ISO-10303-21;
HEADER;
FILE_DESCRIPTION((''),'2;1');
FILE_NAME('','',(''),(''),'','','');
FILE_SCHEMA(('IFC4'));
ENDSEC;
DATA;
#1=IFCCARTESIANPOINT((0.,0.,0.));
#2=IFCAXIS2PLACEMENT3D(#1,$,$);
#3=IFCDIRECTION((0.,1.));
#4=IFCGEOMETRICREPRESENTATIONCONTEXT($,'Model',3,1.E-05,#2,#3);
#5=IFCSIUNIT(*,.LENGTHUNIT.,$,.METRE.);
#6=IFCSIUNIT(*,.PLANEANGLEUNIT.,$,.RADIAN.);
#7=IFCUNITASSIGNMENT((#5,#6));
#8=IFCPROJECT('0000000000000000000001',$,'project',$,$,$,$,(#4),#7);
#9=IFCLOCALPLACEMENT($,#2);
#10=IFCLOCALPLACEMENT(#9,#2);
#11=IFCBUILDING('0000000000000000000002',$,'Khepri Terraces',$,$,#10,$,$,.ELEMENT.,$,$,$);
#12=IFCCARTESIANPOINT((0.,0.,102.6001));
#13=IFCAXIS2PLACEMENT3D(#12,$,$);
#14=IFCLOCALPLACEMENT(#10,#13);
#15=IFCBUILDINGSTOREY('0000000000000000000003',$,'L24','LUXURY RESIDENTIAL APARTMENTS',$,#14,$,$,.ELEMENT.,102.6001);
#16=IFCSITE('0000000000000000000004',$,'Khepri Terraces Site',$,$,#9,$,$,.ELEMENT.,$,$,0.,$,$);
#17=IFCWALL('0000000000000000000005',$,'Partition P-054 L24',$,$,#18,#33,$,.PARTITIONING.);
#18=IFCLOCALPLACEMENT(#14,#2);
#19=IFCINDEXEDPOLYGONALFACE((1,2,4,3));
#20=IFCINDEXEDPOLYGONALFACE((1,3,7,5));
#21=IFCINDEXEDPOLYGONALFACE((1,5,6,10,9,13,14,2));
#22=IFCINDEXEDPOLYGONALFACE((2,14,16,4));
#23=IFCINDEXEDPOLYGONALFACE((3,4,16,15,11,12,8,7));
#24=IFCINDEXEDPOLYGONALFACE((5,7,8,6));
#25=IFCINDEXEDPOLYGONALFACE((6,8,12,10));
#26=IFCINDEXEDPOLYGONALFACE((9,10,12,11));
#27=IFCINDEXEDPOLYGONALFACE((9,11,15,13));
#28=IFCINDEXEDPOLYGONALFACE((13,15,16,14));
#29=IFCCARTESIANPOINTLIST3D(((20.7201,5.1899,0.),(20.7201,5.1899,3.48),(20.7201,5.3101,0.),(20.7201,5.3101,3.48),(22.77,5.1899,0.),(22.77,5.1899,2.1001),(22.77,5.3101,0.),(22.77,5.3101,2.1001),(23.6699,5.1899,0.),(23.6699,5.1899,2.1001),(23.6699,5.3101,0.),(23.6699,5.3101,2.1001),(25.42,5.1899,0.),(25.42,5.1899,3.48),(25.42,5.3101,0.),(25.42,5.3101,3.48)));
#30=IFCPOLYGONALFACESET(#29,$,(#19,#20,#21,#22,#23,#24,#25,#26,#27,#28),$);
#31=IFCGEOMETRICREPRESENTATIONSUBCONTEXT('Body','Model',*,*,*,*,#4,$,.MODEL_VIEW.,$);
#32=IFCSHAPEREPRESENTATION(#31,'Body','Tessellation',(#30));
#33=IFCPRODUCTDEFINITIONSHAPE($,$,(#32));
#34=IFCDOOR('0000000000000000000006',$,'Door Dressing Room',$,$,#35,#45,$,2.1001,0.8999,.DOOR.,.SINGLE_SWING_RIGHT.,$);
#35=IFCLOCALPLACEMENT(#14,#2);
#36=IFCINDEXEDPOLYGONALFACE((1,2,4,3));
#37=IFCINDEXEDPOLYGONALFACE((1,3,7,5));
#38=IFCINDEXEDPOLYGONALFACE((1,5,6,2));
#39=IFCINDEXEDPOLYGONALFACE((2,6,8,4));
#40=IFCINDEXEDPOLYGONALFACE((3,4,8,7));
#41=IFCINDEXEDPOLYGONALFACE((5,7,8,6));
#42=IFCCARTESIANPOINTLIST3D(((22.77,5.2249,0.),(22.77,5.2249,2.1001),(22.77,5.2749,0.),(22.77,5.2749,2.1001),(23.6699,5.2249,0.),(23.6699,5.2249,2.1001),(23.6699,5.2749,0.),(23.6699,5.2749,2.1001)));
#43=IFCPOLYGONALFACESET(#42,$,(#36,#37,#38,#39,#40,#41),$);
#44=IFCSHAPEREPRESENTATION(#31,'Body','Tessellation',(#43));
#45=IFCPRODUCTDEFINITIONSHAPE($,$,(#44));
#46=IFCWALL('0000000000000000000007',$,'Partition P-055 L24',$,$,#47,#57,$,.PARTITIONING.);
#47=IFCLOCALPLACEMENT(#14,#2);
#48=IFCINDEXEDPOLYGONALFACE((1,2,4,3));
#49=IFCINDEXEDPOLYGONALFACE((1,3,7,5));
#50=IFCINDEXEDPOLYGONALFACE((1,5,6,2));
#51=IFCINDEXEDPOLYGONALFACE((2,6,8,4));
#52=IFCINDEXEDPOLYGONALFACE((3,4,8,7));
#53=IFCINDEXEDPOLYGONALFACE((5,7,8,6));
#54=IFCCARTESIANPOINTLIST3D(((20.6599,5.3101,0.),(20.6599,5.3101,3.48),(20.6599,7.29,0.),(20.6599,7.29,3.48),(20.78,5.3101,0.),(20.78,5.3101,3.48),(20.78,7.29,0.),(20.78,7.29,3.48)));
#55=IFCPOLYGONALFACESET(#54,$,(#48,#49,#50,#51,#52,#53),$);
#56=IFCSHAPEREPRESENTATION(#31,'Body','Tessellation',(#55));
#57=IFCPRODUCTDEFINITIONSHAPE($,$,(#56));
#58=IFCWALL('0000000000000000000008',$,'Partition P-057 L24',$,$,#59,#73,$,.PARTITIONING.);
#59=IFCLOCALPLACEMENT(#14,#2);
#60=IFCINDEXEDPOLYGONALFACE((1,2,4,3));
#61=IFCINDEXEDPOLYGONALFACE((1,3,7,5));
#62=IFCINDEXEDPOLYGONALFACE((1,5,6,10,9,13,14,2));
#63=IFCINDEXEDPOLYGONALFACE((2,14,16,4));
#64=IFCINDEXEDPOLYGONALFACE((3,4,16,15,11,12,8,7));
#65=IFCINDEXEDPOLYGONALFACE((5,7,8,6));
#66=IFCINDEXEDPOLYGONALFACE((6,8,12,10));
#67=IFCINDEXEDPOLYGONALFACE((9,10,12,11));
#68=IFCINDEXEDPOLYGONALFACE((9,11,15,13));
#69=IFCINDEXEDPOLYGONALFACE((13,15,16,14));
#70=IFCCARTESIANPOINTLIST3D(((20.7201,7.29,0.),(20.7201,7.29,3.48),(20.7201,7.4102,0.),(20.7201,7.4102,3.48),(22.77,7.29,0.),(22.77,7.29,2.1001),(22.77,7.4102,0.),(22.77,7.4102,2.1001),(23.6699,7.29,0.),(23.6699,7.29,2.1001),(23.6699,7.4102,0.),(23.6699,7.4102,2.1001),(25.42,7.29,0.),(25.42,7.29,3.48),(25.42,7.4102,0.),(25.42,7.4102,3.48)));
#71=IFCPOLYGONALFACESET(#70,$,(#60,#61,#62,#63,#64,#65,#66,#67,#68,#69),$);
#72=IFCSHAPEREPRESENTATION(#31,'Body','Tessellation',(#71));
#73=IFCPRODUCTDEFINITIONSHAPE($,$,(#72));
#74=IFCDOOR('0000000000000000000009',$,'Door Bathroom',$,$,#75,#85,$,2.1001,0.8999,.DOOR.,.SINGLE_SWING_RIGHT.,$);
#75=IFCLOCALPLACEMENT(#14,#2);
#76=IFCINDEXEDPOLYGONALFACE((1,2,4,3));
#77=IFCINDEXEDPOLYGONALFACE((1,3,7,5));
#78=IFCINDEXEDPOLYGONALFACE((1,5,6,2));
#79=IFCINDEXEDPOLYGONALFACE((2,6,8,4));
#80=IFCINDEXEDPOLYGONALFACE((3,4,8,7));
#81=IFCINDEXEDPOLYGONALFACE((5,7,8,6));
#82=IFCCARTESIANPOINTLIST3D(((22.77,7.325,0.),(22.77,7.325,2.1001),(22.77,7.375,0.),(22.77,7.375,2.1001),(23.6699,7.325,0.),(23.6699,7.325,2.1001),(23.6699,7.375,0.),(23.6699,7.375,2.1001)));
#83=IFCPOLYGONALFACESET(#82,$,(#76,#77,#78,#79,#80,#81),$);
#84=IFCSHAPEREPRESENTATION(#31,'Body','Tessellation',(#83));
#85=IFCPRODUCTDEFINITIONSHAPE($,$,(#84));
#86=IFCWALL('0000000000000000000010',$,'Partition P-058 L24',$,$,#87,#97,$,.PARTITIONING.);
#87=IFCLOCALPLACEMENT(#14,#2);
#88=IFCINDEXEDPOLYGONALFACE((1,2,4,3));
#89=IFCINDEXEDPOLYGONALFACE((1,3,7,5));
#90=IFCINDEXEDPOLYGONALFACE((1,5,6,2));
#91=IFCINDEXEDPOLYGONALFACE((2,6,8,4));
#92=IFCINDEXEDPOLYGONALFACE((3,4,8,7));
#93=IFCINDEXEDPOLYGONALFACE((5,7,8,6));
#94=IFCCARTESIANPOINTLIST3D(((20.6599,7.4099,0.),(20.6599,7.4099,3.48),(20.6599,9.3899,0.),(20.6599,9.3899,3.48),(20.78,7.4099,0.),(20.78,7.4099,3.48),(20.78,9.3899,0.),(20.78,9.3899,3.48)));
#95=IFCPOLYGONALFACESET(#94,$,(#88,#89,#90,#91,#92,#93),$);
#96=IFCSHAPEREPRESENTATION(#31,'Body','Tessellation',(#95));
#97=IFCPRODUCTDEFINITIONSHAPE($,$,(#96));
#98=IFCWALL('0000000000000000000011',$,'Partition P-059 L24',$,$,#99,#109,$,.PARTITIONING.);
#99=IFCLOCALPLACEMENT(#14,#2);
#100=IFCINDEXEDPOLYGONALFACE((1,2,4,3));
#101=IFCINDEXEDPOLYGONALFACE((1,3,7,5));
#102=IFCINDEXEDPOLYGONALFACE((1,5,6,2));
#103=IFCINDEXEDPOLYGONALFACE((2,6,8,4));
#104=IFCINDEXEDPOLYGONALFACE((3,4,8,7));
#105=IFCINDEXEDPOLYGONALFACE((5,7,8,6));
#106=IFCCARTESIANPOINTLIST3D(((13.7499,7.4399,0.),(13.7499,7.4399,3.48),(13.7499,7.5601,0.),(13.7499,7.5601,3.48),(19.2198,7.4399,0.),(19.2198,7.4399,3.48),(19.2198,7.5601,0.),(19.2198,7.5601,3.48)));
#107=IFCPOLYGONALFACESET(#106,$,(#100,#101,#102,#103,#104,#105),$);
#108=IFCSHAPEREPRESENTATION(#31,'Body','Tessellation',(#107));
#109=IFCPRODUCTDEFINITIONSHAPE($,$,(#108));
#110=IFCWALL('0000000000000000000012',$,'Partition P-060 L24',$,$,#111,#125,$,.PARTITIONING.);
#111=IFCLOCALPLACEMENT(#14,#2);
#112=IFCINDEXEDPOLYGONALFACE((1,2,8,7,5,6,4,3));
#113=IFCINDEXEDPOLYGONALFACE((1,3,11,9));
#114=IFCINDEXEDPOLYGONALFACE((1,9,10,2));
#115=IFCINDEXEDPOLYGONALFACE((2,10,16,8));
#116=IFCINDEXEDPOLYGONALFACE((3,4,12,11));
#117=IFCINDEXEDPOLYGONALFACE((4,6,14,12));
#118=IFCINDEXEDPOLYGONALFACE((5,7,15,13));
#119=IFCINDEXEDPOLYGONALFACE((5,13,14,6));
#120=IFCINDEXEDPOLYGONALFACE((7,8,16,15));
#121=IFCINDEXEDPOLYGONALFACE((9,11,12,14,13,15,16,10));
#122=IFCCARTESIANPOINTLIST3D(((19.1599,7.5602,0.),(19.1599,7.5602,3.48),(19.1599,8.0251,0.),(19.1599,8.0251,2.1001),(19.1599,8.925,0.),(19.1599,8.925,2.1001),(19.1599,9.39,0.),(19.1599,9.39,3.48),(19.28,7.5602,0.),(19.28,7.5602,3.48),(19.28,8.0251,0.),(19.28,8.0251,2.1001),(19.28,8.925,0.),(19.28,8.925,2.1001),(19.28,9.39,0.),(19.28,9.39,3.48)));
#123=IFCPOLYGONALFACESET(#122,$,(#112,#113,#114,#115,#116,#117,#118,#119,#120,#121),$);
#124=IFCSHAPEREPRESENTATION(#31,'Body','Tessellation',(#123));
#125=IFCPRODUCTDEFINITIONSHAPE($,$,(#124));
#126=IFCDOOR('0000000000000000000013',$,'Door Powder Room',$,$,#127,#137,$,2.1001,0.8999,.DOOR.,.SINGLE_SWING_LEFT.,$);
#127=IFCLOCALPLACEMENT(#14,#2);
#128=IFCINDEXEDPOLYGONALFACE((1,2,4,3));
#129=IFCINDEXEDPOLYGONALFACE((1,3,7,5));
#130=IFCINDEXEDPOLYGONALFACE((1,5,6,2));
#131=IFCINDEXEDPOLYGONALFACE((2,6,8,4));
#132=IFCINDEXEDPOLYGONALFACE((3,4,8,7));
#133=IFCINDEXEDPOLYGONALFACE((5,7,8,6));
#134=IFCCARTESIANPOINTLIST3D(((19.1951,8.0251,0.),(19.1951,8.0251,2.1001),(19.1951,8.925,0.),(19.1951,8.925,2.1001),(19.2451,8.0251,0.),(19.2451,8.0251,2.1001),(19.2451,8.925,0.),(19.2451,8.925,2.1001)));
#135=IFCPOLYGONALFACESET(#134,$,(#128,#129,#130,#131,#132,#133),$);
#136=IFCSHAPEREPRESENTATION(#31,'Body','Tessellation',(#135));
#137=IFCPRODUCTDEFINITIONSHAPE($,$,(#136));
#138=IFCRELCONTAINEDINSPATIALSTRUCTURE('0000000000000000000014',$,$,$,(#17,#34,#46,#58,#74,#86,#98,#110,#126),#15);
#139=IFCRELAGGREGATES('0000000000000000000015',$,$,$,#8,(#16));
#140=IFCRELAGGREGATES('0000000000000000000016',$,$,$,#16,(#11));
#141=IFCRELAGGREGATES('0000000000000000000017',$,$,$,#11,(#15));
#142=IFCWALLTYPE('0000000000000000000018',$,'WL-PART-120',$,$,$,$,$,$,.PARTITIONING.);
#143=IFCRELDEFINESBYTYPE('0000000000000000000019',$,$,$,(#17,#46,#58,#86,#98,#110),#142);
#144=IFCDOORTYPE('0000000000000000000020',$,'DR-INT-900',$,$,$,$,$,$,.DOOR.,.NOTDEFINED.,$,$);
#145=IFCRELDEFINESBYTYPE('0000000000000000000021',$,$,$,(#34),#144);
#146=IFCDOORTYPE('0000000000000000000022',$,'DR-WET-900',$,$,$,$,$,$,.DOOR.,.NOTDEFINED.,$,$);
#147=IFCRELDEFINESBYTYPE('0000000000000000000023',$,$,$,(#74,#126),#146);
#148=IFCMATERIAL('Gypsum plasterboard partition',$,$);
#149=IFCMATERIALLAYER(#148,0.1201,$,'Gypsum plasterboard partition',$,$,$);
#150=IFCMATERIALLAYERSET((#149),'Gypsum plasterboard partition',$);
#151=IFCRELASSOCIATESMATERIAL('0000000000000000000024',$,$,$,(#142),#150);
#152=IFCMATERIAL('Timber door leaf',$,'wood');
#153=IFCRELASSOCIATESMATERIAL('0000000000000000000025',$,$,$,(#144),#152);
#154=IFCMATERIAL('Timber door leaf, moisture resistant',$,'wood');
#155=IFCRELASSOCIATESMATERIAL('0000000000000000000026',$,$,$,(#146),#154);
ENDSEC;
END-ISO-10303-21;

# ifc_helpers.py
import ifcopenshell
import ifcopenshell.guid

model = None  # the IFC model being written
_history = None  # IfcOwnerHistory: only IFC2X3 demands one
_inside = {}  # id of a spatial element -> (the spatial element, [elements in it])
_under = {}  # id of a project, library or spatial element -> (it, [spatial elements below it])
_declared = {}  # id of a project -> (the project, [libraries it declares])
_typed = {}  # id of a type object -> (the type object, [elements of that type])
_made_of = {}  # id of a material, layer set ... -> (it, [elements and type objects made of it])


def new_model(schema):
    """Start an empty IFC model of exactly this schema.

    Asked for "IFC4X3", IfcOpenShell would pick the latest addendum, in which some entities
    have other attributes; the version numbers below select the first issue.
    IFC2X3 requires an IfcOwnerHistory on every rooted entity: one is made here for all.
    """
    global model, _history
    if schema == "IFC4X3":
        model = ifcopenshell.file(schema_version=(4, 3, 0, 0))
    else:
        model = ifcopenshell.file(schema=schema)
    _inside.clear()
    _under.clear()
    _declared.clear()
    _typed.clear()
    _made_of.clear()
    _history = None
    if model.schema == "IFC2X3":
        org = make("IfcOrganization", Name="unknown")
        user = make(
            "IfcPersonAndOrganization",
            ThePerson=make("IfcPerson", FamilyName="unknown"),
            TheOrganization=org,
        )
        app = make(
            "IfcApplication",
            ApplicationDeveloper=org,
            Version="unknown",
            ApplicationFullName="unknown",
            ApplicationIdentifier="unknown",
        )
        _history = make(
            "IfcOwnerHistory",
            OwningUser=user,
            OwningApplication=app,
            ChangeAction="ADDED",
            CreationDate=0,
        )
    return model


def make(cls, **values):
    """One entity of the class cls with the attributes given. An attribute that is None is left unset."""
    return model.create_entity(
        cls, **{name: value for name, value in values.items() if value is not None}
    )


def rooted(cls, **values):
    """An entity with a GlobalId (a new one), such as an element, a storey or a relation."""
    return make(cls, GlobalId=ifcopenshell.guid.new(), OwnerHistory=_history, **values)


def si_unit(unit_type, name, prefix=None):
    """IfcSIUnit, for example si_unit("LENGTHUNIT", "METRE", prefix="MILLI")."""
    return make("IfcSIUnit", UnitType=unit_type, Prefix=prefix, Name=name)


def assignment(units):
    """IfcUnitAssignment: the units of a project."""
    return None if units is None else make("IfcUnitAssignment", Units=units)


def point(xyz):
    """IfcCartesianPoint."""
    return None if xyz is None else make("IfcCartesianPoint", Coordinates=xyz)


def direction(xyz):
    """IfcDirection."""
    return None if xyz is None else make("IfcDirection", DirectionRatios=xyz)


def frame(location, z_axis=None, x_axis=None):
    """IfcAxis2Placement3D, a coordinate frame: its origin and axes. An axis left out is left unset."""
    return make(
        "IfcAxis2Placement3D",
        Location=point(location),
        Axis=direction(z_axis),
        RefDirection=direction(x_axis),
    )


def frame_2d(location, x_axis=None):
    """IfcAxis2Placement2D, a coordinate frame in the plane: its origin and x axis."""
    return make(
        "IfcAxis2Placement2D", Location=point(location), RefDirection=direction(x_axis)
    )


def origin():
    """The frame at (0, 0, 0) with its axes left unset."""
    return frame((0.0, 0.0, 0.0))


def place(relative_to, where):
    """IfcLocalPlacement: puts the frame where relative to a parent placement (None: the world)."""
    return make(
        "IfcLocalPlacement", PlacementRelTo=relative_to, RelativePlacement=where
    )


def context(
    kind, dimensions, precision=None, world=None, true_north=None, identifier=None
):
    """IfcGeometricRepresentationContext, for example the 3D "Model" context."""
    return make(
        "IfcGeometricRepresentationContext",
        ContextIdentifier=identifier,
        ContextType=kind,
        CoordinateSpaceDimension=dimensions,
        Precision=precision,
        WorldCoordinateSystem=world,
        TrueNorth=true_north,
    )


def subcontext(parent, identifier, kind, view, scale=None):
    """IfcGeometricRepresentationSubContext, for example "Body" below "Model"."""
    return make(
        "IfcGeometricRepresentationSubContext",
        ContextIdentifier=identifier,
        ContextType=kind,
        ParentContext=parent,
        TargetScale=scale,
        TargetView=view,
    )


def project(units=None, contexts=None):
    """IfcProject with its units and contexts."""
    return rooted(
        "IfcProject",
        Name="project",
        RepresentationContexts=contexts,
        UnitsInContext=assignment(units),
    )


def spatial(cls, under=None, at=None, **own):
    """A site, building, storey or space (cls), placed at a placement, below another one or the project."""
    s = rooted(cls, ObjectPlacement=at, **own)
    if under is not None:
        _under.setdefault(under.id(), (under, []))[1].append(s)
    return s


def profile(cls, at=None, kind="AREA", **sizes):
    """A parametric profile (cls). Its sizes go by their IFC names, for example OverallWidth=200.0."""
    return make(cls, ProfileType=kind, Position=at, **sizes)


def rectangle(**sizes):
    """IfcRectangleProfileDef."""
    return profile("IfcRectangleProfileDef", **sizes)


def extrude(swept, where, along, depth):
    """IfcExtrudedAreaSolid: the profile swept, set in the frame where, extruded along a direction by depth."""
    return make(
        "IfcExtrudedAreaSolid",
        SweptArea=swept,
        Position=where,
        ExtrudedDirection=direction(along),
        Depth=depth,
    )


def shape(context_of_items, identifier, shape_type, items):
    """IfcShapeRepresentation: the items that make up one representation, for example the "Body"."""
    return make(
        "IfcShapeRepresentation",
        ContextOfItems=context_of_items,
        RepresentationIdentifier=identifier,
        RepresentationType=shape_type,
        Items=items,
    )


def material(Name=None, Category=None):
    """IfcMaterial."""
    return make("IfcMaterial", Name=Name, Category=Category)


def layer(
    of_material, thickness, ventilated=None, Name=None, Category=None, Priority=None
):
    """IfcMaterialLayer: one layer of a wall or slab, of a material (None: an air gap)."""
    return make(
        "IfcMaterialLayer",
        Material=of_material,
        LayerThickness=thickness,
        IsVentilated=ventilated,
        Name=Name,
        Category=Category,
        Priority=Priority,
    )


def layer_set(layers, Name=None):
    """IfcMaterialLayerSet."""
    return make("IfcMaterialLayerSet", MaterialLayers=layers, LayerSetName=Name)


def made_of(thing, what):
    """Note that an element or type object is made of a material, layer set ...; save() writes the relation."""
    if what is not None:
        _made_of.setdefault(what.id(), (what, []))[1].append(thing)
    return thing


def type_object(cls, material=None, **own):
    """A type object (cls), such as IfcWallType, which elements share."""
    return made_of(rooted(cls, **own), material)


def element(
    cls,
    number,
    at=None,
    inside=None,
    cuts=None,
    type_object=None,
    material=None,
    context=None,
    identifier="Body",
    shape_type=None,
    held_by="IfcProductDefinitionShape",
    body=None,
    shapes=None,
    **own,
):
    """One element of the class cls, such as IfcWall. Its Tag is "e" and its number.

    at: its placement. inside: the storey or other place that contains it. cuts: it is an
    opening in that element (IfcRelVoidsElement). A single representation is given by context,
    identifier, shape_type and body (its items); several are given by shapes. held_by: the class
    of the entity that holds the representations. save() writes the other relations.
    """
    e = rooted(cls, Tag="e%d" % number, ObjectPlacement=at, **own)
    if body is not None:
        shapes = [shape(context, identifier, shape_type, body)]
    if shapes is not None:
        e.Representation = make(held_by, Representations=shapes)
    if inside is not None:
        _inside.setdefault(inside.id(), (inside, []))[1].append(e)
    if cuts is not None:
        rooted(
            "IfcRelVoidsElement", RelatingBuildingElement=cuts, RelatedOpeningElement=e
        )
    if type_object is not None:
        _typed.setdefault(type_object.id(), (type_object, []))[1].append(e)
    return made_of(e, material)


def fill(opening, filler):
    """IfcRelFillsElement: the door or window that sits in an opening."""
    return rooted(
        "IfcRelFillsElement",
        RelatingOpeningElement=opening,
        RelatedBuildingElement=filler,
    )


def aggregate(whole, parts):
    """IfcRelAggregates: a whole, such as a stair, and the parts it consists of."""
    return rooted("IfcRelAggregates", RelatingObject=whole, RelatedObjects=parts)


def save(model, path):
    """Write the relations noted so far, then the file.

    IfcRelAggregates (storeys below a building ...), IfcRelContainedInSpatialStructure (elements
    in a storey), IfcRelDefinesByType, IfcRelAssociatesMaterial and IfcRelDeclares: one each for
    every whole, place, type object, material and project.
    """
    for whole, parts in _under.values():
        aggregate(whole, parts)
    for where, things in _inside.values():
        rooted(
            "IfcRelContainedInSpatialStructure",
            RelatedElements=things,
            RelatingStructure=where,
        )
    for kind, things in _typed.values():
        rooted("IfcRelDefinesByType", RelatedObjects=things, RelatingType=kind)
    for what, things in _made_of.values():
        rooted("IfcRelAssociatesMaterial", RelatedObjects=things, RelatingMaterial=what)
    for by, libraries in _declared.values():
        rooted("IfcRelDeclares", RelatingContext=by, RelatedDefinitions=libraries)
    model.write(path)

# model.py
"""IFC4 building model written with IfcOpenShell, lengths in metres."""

from ifc_helpers import new_model, si_unit, direction, frame, frame_2d, origin, place, context, subcontext, project, spatial, rectangle, extrude, material, layer, layer_set, type_object, element, fill, save


model = new_model("IFC4")

# Units and contexts
model_context = context("Model", 3, precision=1e-05, world=origin(), true_north=direction((0.0, 1.0)))
body_context = subcontext(model_context, "Body", "Model", "MODEL_VIEW")
ifc_project = project(units=[si_unit("LENGTHUNIT", "METRE"), si_unit("PLANEANGLEUNIT", "RADIAN")], contexts=[model_context])

# Site, building, storey
site_placement = place(None, origin())
site = spatial("IfcSite", under=ifc_project, at=site_placement, Name="Khepri Terraces Site", CompositionType="ELEMENT", RefElevation=0.0)
building_placement = place(site_placement, origin())
building = spatial("IfcBuilding", under=site, at=building_placement, Name="Khepri Terraces", CompositionType="ELEMENT")
storey_placement = place(building_placement, frame((0.0, 0.0, 102.6001)))
storey = spatial("IfcBuildingStorey", under=building, at=storey_placement, Name="L24", Description="LUXURY RESIDENTIAL APARTMENTS", CompositionType="ELEMENT", Elevation=102.6001)

# Shared definitions
ifc_material_1 = material(Name="Gypsum plasterboard partition")
ifc_layer_1 = layer(ifc_material_1, 0.1201, Name="Gypsum plasterboard partition")
ifc_layer_set_1 = layer_set([ifc_layer_1], Name="Gypsum plasterboard partition")
wall_type_1 = type_object("IfcWallType", Name="WL-PART-120", PredefinedType="PARTITIONING", material=ifc_layer_set_1)

# Shared definitions
ifc_material_2 = material(Name="Timber door leaf", Category="wood")
door_type_1 = type_object("IfcDoorType", Name="DR-INT-900", OperationType="NOTDEFINED", PredefinedType="DOOR", material=ifc_material_2)

# Wall, opening, door
wall_1_placement = place(storey_placement, frame((20.72, 5.25, 0.0), z_axis=(0.0, 0.0, 1.0), x_axis=(1.0, 0.0, 0.0)))
wall_1 = element("IfcWall", 1, at=wall_1_placement, inside=storey, type_object=wall_type_1, Name="Partition P-054 L24", PredefinedType="PARTITIONING", context=body_context, shape_type="SweptSolid", body=[
    extrude(rectangle(XDim=4.7, YDim=0.1201, at=frame_2d((2.3501, 0.0))), origin(), (0.0, 0.0, 1.0), 3.48),
])
opening_1_placement = place(wall_1_placement, frame((2.05, 0.0, 0.0)))
opening_1 = element("IfcOpeningElement", 2, at=opening_1_placement, cuts=wall_1, PredefinedType="OPENING", context=body_context, shape_type="SweptSolid", body=[
    extrude(rectangle(XDim=0.8999, YDim=2.1001, at=frame_2d((0.45, 1.05))), frame((0.0, 0.0701, 0.0), z_axis=(0.0, -1.0, 0.0), x_axis=(1.0, 0.0, 0.0)), (0.0, 0.0, 1.0), 0.1401),
])
door_1_placement = place(opening_1_placement, origin())
door_1 = element("IfcDoor", 3, at=door_1_placement, inside=storey, type_object=door_type_1, Name="Door Dressing Room", OperationType="SINGLE_SWING_RIGHT", OverallHeight=2.1001, OverallWidth=0.8999, PredefinedType="DOOR", context=body_context, shape_type="SweptSolid", body=[
    extrude(rectangle(XDim=0.8999, YDim=2.1001, at=frame_2d((0.45, 1.05))), frame((0.0, 0.0249, 0.0), z_axis=(0.0, -1.0, 0.0), x_axis=(1.0, 0.0, 0.0)), (0.0, 0.0, 1.0), 0.05),
])
fill(opening_1, door_1)

# Wall
wall_2_placement = place(storey_placement, frame((20.72, 5.3101, 0.0), z_axis=(0.0, 0.0, 1.0), x_axis=(0.0, 1.0, 0.0)))
element("IfcWall", 4, at=wall_2_placement, inside=storey, type_object=wall_type_1, Name="Partition P-055 L24", PredefinedType="PARTITIONING", context=body_context, shape_type="SweptSolid", body=[
    extrude(rectangle(XDim=1.98, YDim=0.1201, at=frame_2d((0.99, 0.0))), origin(), (0.0, 0.0, 1.0), 3.48),
])

# Wall, opening, door
wall_3_placement = place(storey_placement, frame((20.72, 7.3501, 0.0), z_axis=(0.0, 0.0, 1.0), x_axis=(1.0, 0.0, 0.0)))
wall_3 = element("IfcWall", 5, at=wall_3_placement, inside=storey, type_object=wall_type_1, Name="Partition P-057 L24", PredefinedType="PARTITIONING", context=body_context, shape_type="SweptSolid", body=[
    extrude(rectangle(XDim=4.7, YDim=0.1201, at=frame_2d((2.3501, 0.0))), origin(), (0.0, 0.0, 1.0), 3.48),
])
opening_2_placement = place(wall_3_placement, frame((2.05, 0.0, 0.0)))
opening_2 = element("IfcOpeningElement", 6, at=opening_2_placement, cuts=wall_3, PredefinedType="OPENING", context=body_context, shape_type="SweptSolid", body=[
    extrude(rectangle(XDim=0.8999, YDim=2.1001, at=frame_2d((0.45, 1.05))), frame((0.0, 0.0701, 0.0), z_axis=(0.0, -1.0, 0.0), x_axis=(1.0, 0.0, 0.0)), (0.0, 0.0, 1.0), 0.1401),
])
ifc_material_3 = material(Name="Timber door leaf, moisture resistant", Category="wood")
door_type_2 = type_object("IfcDoorType", Name="DR-WET-900", OperationType="NOTDEFINED", PredefinedType="DOOR", material=ifc_material_3)
door_2_placement = place(opening_2_placement, origin())
door_2 = element("IfcDoor", 7, at=door_2_placement, inside=storey, type_object=door_type_2, Name="Door Bathroom", OperationType="SINGLE_SWING_RIGHT", OverallHeight=2.1001, OverallWidth=0.8999, PredefinedType="DOOR", context=body_context, shape_type="SweptSolid", body=[
    extrude(rectangle(XDim=0.8999, YDim=2.1001, at=frame_2d((0.45, 1.05))), frame((0.0, 0.0249, 0.0), z_axis=(0.0, -1.0, 0.0), x_axis=(1.0, 0.0, 0.0)), (0.0, 0.0, 1.0), 0.05),
])
fill(opening_2, door_2)

# Walls
wall_4_placement = place(storey_placement, frame((20.72, 7.4099, 0.0), z_axis=(0.0, 0.0, 1.0), x_axis=(0.0, 1.0, 0.0)))
element("IfcWall", 8, at=wall_4_placement, inside=storey, type_object=wall_type_1, Name="Partition P-058 L24", PredefinedType="PARTITIONING", context=body_context, shape_type="SweptSolid", body=[
    extrude(rectangle(XDim=1.98, YDim=0.1201, at=frame_2d((0.99, 0.0))), origin(), (0.0, 0.0, 1.0), 3.48),
])
wall_5_placement = place(storey_placement, frame((13.75, 7.5, 0.0), z_axis=(0.0, 0.0, 1.0), x_axis=(1.0, 0.0, 0.0)))
element("IfcWall", 9, at=wall_5_placement, inside=storey, type_object=wall_type_1, Name="Partition P-059 L24", PredefinedType="PARTITIONING", context=body_context, shape_type="SweptSolid", body=[
    extrude(rectangle(XDim=5.47, YDim=0.1201, at=frame_2d((2.7349, 0.0))), origin(), (0.0, 0.0, 1.0), 3.48),
])

# Wall, opening, door
wall_6_placement = place(storey_placement, frame((19.22, 7.5601, 0.0), z_axis=(0.0, 0.0, 1.0), x_axis=(0.0, 1.0, 0.0)))
wall_6 = element("IfcWall", 10, at=wall_6_placement, inside=storey, type_object=wall_type_1, Name="Partition P-060 L24", PredefinedType="PARTITIONING", context=body_context, shape_type="SweptSolid", body=[
    extrude(rectangle(XDim=1.8298, YDim=0.1201, at=frame_2d((0.915, 0.0))), origin(), (0.0, 0.0, 1.0), 3.48),
])
opening_3_placement = place(wall_6_placement, frame((0.4651, 0.0, 0.0)))
opening_3 = element("IfcOpeningElement", 11, at=opening_3_placement, cuts=wall_6, PredefinedType="OPENING", context=body_context, shape_type="SweptSolid", body=[
    extrude(rectangle(XDim=0.8999, YDim=2.1001, at=frame_2d((0.45, 1.05))), frame((0.0, 0.0701, 0.0), z_axis=(0.0, -1.0, 0.0), x_axis=(1.0, 0.0, 0.0)), (0.0, 0.0, 1.0), 0.1401),
])
door_3_placement = place(opening_3_placement, origin())
door_3 = element("IfcDoor", 12, at=door_3_placement, inside=storey, type_object=door_type_2, Name="Door Powder Room", OperationType="SINGLE_SWING_LEFT", OverallHeight=2.1001, OverallWidth=0.8999, PredefinedType="DOOR", context=body_context, shape_type="SweptSolid", body=[
    extrude(rectangle(XDim=0.8999, YDim=2.1001, at=frame_2d((0.45, 1.05))), frame((0.0, 0.0249, 0.0), z_axis=(0.0, -1.0, 0.0), x_axis=(1.0, 0.0, 0.0)), (0.0, 0.0, 1.0), 0.05),
])
fill(opening_3, door_3)

save(model, "model.ifc")
